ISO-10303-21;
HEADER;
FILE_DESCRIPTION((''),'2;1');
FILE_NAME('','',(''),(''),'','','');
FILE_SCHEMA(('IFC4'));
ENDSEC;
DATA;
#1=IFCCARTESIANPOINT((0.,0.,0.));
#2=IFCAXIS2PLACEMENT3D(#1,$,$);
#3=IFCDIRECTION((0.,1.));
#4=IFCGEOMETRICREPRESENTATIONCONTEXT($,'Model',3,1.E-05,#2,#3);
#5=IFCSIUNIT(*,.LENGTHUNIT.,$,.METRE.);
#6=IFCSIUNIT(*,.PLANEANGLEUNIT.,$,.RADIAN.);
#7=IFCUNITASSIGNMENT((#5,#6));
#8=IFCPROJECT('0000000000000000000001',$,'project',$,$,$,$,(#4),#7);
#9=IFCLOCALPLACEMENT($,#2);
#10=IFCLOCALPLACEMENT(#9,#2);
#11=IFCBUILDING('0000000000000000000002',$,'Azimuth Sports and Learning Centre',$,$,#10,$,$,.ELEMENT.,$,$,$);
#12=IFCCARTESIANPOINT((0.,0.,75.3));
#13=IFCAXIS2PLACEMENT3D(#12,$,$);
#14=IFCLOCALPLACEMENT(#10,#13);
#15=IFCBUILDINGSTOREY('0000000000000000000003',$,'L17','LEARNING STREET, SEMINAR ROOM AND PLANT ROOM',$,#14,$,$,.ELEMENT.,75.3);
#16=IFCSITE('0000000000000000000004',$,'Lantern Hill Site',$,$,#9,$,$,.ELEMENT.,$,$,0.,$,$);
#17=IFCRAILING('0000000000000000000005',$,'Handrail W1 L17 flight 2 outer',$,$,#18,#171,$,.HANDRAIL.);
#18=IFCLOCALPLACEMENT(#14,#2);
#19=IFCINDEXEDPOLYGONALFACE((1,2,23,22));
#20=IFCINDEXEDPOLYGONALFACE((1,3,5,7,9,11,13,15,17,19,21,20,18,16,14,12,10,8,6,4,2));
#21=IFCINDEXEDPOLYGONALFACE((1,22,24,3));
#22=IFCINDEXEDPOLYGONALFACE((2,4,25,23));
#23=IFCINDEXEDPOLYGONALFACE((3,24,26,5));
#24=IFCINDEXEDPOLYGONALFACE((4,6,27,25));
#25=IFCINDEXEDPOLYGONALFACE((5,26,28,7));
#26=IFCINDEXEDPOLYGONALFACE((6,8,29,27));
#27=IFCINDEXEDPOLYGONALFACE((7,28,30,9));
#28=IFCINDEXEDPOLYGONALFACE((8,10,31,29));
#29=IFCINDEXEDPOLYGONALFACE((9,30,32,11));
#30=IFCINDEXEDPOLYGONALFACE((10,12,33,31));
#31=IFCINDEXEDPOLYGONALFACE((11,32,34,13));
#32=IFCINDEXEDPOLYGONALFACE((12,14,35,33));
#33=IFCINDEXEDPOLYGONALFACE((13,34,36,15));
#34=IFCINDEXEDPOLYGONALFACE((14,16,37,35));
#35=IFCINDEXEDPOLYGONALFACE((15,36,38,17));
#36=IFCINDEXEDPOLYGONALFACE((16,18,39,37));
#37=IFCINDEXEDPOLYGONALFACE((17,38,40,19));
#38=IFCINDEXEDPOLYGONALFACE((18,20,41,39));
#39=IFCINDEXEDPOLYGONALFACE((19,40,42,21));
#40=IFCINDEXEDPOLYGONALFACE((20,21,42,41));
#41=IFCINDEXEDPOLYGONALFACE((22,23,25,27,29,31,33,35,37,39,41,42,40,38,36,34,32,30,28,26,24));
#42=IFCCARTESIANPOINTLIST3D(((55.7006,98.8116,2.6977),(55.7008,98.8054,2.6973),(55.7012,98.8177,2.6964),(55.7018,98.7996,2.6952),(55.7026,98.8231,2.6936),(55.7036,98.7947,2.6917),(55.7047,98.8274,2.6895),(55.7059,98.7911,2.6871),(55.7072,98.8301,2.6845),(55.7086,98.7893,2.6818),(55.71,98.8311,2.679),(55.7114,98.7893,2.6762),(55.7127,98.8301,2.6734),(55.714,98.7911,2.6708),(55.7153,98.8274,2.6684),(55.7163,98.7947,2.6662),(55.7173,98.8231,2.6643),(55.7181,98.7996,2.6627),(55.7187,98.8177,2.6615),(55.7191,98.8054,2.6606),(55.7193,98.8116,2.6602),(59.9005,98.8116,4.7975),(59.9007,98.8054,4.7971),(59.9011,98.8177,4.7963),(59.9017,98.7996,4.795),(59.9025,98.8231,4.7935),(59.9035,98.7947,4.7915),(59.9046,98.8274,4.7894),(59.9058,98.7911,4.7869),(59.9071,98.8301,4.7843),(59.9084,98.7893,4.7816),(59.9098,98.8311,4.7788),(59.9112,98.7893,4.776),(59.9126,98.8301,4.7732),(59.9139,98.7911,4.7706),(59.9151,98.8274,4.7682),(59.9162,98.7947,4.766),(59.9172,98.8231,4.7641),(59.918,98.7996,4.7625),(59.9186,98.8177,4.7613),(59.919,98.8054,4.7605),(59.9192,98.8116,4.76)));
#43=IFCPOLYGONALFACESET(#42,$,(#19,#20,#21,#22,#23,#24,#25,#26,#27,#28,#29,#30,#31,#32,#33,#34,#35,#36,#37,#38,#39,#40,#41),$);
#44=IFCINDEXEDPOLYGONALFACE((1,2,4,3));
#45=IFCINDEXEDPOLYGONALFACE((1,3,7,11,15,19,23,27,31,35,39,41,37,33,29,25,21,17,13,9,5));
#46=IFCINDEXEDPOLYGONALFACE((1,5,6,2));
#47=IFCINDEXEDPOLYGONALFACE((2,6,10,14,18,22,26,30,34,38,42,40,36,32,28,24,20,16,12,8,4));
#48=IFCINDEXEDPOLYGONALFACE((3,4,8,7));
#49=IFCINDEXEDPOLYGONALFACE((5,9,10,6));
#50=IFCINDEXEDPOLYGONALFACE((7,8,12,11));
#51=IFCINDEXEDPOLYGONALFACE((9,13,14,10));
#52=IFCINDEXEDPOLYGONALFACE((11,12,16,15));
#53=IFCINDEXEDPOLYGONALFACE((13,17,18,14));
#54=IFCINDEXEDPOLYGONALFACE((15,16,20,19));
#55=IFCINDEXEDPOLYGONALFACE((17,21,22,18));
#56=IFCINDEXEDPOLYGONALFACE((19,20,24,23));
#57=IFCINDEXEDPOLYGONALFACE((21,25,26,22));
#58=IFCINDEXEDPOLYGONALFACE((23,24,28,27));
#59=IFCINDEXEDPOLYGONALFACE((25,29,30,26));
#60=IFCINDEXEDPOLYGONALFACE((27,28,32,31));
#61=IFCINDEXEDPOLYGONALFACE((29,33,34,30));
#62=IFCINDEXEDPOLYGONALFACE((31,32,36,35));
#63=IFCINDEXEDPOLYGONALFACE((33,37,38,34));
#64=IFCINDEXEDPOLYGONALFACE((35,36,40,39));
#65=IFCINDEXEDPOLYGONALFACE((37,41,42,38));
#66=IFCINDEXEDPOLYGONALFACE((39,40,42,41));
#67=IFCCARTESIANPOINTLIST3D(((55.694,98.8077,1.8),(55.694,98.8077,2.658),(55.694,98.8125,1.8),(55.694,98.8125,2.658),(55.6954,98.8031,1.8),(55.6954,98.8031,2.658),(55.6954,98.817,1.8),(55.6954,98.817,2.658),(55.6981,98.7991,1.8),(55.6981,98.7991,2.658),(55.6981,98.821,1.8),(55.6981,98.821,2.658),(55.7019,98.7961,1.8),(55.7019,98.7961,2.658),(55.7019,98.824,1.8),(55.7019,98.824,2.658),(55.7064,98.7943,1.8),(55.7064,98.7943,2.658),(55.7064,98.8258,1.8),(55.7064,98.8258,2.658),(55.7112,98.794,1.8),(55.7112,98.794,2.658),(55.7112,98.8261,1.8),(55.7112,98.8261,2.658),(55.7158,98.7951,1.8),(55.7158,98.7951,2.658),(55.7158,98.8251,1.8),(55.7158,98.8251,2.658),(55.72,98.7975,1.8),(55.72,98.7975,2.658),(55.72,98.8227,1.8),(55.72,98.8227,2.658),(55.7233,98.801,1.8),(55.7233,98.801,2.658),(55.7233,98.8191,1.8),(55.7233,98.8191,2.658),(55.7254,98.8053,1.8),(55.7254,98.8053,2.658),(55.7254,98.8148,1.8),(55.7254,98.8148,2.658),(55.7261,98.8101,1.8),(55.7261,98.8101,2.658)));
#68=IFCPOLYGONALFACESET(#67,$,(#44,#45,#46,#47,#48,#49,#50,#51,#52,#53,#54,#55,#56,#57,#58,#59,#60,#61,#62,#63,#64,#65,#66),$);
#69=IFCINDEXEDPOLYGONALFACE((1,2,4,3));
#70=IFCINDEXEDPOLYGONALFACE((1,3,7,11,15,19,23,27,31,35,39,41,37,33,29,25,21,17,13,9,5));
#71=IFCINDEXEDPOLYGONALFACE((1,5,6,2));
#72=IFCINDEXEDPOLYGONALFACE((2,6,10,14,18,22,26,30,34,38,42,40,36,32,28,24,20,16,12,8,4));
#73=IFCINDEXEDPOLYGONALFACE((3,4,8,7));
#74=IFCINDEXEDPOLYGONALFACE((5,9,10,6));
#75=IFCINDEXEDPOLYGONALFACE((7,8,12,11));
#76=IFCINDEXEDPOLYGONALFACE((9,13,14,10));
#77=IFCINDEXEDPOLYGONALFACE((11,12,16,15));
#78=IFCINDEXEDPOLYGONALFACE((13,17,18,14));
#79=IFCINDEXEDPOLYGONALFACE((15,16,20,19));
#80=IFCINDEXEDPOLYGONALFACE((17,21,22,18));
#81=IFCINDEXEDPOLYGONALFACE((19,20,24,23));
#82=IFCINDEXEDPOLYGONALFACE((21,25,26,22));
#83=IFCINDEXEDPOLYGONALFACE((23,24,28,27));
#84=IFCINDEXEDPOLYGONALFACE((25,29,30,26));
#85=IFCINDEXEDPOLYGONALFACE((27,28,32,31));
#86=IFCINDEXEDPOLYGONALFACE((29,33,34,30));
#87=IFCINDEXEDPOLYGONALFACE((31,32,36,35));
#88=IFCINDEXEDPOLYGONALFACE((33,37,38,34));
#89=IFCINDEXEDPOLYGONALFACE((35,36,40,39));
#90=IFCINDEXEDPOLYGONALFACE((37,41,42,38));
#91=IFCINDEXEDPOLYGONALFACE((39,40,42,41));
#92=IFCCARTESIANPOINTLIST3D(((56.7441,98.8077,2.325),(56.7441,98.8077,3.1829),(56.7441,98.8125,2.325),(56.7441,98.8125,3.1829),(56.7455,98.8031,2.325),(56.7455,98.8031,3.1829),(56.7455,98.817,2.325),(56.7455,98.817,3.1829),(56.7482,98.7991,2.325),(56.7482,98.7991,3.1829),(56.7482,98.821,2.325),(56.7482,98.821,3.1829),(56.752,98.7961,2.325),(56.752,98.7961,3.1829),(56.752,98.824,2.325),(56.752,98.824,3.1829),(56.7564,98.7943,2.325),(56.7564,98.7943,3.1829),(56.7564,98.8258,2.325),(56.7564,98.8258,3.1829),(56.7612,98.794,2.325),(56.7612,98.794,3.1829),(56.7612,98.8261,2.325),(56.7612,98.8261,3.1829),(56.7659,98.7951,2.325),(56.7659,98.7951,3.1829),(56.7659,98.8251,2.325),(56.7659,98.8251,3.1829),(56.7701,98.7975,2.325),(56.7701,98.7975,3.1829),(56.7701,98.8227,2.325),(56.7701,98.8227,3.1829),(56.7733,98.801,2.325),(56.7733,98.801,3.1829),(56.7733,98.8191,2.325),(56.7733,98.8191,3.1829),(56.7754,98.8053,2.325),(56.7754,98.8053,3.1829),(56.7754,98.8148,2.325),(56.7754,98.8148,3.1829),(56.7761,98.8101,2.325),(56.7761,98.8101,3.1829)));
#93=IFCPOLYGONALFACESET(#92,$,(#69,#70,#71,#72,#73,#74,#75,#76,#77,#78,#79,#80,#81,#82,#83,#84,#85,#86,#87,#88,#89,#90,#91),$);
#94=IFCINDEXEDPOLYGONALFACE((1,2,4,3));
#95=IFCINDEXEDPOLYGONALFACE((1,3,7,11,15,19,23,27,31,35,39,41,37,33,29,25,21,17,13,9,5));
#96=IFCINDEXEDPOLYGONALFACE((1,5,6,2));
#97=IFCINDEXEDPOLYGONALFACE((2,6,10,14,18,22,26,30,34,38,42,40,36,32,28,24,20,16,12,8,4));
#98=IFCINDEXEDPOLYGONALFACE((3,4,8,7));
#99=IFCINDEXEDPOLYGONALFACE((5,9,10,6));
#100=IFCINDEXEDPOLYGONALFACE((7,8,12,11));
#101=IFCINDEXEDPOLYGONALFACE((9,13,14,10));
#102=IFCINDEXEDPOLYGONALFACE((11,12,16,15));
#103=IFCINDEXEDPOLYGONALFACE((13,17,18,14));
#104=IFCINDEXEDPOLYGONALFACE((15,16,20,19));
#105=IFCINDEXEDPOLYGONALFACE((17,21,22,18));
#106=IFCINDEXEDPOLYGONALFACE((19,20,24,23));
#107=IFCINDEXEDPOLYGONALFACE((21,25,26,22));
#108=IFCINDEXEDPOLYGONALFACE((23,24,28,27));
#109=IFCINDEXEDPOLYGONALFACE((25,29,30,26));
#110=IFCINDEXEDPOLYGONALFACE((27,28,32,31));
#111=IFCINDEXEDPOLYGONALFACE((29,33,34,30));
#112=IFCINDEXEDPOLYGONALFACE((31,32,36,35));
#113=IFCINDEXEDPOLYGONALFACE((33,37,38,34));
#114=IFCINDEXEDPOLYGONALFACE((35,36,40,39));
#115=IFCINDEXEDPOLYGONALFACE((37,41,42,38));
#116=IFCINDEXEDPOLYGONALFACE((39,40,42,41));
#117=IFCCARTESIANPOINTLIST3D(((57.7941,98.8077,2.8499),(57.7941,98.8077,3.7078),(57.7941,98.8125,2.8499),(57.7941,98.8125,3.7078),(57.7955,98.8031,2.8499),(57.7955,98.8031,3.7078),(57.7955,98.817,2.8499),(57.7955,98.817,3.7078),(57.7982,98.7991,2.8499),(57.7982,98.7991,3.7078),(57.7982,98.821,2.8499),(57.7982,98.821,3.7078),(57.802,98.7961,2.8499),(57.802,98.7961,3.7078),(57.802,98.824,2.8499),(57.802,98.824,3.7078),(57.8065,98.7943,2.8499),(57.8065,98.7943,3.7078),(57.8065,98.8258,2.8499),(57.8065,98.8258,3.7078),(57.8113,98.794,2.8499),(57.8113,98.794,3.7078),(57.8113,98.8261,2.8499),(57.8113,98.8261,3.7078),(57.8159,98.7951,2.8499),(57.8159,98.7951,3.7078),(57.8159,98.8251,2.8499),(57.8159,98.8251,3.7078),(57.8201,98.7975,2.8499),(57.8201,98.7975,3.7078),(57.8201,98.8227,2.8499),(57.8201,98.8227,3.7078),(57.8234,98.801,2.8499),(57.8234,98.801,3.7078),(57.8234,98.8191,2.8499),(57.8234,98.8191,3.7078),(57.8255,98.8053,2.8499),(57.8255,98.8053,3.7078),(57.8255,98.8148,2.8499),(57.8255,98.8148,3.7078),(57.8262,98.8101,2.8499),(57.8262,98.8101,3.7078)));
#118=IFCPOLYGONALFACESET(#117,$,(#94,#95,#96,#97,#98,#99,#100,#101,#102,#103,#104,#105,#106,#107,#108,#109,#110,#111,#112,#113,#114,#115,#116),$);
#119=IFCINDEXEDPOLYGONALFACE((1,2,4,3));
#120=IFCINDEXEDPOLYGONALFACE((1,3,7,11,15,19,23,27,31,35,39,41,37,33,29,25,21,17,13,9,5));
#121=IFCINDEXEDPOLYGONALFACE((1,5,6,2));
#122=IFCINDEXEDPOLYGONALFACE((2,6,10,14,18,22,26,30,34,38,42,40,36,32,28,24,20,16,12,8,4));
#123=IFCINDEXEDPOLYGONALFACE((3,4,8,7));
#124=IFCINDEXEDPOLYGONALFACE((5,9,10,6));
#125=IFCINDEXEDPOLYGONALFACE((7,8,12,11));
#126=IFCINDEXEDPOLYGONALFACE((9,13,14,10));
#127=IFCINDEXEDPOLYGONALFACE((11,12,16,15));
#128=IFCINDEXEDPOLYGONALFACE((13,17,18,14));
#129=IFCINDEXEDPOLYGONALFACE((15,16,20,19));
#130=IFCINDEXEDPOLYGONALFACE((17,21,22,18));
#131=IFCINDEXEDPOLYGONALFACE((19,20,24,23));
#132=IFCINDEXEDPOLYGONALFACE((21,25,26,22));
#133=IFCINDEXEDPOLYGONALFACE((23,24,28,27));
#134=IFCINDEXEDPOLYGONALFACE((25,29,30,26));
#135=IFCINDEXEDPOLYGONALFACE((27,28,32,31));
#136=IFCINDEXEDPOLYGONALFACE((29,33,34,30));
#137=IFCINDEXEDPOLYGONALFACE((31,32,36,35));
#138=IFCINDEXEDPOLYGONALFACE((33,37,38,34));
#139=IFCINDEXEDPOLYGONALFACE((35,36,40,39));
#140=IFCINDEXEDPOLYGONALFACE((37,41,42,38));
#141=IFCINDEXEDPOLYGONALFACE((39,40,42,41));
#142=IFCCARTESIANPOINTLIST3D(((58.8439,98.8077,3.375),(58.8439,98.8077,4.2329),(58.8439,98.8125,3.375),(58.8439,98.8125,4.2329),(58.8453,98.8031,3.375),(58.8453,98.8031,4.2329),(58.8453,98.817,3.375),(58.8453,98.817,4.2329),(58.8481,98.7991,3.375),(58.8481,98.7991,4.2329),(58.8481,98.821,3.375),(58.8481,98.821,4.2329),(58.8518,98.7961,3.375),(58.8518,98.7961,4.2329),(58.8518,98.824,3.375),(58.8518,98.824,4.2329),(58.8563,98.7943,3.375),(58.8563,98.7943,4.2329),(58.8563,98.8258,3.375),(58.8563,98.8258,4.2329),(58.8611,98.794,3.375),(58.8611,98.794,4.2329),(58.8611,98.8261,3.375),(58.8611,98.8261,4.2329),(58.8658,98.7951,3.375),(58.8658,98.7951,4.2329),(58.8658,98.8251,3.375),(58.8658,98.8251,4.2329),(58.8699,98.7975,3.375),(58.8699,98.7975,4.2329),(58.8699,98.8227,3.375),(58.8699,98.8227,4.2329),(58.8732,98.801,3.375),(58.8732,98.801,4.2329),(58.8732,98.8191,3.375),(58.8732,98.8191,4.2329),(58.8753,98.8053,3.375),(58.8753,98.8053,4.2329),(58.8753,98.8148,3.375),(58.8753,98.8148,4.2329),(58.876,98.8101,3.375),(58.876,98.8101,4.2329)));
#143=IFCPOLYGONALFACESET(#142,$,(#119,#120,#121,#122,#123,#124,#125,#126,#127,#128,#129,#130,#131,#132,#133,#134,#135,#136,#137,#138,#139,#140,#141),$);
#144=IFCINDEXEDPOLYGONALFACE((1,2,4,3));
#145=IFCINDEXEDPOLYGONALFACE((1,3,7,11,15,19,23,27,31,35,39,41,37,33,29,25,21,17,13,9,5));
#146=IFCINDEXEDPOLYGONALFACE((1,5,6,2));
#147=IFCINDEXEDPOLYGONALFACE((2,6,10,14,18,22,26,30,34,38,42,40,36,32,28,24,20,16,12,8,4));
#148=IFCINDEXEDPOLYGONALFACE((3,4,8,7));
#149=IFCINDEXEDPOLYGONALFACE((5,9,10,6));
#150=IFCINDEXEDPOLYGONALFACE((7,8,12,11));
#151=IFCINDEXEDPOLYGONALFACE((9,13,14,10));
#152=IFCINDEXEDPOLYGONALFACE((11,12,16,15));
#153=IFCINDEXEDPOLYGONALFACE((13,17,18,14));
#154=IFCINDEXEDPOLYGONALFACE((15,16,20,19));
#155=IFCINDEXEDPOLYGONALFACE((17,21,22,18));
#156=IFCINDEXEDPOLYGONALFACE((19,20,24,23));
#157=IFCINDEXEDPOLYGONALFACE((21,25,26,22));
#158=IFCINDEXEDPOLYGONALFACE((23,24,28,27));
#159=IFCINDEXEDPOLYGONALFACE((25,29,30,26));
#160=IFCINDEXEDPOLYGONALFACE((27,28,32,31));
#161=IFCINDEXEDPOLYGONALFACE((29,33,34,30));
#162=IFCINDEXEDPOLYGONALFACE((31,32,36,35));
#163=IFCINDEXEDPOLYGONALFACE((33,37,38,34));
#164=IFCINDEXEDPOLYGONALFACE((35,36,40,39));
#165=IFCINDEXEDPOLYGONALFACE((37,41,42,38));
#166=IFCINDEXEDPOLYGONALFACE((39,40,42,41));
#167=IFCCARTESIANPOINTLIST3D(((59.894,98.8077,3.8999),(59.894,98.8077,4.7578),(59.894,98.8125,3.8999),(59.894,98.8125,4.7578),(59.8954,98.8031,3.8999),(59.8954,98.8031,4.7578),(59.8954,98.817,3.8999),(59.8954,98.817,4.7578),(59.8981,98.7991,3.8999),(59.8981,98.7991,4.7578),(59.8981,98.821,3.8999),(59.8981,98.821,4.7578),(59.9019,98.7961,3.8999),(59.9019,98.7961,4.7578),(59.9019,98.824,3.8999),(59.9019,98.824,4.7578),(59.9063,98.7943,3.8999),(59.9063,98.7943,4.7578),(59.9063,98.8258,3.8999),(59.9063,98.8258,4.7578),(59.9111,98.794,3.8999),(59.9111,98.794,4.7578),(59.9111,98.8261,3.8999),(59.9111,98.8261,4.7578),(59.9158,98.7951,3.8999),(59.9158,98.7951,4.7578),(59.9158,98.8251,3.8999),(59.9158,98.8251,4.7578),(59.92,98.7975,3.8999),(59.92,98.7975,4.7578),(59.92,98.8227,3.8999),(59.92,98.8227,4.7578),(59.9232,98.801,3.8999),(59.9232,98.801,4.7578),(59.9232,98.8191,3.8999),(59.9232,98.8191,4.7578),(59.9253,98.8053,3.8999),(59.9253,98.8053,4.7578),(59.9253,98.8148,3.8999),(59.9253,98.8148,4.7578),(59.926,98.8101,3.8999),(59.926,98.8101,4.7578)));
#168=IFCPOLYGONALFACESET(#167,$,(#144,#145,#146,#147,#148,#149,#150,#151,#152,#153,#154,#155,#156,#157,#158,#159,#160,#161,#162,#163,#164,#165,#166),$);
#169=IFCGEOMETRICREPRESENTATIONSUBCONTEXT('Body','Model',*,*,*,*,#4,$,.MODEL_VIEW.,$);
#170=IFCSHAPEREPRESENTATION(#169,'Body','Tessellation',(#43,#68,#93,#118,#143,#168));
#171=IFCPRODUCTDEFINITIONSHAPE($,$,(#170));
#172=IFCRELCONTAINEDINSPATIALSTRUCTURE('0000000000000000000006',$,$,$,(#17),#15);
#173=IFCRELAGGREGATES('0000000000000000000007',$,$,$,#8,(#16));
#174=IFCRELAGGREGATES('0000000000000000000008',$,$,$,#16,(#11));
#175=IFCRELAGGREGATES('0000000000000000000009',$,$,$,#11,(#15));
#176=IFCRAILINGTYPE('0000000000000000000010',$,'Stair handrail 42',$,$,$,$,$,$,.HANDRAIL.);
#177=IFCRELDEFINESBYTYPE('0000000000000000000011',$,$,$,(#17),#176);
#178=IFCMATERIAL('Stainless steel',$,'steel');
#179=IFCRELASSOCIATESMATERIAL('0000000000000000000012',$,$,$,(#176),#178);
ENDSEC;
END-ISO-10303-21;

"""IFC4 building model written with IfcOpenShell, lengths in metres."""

from ifc_helpers import new_model, si_unit, direction, frame, origin, origin_2d, place, context, subcontext, project, spatial, circle, extrude, material, type_object, element, save


model = new_model("IFC4")

# Units and contexts
model_context = context("Model", 3, precision=1e-05, world=origin(), true_north=direction((0.0, 1.0)))
body_context = subcontext(model_context, "Body", "Model", "MODEL_VIEW")
ifc_project = project(units=[si_unit("LENGTHUNIT", "METRE"), si_unit("PLANEANGLEUNIT", "RADIAN")], contexts=[model_context])

# Site, building, storey
site_placement = place(None, origin())
site = spatial("IfcSite", under=ifc_project, at=site_placement, Name="Lantern Hill Site", CompositionType="ELEMENT", RefElevation=0.0)
building_placement = place(site_placement, origin())
building = spatial("IfcBuilding", under=site, at=building_placement, Name="Azimuth Sports and Learning Centre", CompositionType="ELEMENT")
storey_placement = place(building_placement, frame((0.0, 0.0, 75.3)))
storey = spatial("IfcBuildingStorey", under=building, at=storey_placement, Name="L17", Description="LEARNING STREET, SEMINAR ROOM AND PLANT ROOM", CompositionType="ELEMENT", Elevation=75.3)

# Railing
ifc_material_1 = material(Name="Stainless steel", Category="steel")
railing_type_1 = type_object("IfcRailingType", Name="Stair handrail 42", PredefinedType="HANDRAIL", material=ifc_material_1)
for number, where, name in (
    (1, (55.71, 98.8101, 1.8), "Handrail W1 L17 flight 2 outer"),
):
    element("IfcRailing", number, at=place(storey_placement, frame(where)), inside=storey, type_object=railing_type_1, Name=name, PredefinedType="HANDRAIL", context=body_context, shape_type="SweptSolid", body=[
        extrude(circle(Radius=0.021, at=origin_2d()), frame((0.0, 0.0, 0.8789), z_axis=(0.894438, 0.0, 0.447193), x_axis=(0.0, 1.0, 0.0)), (0.0, 0.0, 1.0), 4.6956),
        extrude(circle(Radius=0.0161, at=origin_2d()), origin(), (0.0, 0.0, 1.0), 0.8579),
        extrude(circle(Radius=0.0161, at=origin_2d()), frame((1.05, 0.0, 0.5249)), (0.0, 0.0, 1.0), 0.8579),
        extrude(circle(Radius=0.0161, at=origin_2d()), frame((2.1001, 0.0, 1.0498)), (0.0, 0.0, 1.0), 0.8579),
        extrude(circle(Radius=0.0161, at=origin_2d()), frame((3.1499, 0.0, 1.575)), (0.0, 0.0, 1.0), 0.8579),
        extrude(circle(Radius=0.0161, at=origin_2d()), frame((4.2, 0.0, 2.0999)), (0.0, 0.0, 1.0), 0.8579),
    ])

save(model, "model.ifc")
